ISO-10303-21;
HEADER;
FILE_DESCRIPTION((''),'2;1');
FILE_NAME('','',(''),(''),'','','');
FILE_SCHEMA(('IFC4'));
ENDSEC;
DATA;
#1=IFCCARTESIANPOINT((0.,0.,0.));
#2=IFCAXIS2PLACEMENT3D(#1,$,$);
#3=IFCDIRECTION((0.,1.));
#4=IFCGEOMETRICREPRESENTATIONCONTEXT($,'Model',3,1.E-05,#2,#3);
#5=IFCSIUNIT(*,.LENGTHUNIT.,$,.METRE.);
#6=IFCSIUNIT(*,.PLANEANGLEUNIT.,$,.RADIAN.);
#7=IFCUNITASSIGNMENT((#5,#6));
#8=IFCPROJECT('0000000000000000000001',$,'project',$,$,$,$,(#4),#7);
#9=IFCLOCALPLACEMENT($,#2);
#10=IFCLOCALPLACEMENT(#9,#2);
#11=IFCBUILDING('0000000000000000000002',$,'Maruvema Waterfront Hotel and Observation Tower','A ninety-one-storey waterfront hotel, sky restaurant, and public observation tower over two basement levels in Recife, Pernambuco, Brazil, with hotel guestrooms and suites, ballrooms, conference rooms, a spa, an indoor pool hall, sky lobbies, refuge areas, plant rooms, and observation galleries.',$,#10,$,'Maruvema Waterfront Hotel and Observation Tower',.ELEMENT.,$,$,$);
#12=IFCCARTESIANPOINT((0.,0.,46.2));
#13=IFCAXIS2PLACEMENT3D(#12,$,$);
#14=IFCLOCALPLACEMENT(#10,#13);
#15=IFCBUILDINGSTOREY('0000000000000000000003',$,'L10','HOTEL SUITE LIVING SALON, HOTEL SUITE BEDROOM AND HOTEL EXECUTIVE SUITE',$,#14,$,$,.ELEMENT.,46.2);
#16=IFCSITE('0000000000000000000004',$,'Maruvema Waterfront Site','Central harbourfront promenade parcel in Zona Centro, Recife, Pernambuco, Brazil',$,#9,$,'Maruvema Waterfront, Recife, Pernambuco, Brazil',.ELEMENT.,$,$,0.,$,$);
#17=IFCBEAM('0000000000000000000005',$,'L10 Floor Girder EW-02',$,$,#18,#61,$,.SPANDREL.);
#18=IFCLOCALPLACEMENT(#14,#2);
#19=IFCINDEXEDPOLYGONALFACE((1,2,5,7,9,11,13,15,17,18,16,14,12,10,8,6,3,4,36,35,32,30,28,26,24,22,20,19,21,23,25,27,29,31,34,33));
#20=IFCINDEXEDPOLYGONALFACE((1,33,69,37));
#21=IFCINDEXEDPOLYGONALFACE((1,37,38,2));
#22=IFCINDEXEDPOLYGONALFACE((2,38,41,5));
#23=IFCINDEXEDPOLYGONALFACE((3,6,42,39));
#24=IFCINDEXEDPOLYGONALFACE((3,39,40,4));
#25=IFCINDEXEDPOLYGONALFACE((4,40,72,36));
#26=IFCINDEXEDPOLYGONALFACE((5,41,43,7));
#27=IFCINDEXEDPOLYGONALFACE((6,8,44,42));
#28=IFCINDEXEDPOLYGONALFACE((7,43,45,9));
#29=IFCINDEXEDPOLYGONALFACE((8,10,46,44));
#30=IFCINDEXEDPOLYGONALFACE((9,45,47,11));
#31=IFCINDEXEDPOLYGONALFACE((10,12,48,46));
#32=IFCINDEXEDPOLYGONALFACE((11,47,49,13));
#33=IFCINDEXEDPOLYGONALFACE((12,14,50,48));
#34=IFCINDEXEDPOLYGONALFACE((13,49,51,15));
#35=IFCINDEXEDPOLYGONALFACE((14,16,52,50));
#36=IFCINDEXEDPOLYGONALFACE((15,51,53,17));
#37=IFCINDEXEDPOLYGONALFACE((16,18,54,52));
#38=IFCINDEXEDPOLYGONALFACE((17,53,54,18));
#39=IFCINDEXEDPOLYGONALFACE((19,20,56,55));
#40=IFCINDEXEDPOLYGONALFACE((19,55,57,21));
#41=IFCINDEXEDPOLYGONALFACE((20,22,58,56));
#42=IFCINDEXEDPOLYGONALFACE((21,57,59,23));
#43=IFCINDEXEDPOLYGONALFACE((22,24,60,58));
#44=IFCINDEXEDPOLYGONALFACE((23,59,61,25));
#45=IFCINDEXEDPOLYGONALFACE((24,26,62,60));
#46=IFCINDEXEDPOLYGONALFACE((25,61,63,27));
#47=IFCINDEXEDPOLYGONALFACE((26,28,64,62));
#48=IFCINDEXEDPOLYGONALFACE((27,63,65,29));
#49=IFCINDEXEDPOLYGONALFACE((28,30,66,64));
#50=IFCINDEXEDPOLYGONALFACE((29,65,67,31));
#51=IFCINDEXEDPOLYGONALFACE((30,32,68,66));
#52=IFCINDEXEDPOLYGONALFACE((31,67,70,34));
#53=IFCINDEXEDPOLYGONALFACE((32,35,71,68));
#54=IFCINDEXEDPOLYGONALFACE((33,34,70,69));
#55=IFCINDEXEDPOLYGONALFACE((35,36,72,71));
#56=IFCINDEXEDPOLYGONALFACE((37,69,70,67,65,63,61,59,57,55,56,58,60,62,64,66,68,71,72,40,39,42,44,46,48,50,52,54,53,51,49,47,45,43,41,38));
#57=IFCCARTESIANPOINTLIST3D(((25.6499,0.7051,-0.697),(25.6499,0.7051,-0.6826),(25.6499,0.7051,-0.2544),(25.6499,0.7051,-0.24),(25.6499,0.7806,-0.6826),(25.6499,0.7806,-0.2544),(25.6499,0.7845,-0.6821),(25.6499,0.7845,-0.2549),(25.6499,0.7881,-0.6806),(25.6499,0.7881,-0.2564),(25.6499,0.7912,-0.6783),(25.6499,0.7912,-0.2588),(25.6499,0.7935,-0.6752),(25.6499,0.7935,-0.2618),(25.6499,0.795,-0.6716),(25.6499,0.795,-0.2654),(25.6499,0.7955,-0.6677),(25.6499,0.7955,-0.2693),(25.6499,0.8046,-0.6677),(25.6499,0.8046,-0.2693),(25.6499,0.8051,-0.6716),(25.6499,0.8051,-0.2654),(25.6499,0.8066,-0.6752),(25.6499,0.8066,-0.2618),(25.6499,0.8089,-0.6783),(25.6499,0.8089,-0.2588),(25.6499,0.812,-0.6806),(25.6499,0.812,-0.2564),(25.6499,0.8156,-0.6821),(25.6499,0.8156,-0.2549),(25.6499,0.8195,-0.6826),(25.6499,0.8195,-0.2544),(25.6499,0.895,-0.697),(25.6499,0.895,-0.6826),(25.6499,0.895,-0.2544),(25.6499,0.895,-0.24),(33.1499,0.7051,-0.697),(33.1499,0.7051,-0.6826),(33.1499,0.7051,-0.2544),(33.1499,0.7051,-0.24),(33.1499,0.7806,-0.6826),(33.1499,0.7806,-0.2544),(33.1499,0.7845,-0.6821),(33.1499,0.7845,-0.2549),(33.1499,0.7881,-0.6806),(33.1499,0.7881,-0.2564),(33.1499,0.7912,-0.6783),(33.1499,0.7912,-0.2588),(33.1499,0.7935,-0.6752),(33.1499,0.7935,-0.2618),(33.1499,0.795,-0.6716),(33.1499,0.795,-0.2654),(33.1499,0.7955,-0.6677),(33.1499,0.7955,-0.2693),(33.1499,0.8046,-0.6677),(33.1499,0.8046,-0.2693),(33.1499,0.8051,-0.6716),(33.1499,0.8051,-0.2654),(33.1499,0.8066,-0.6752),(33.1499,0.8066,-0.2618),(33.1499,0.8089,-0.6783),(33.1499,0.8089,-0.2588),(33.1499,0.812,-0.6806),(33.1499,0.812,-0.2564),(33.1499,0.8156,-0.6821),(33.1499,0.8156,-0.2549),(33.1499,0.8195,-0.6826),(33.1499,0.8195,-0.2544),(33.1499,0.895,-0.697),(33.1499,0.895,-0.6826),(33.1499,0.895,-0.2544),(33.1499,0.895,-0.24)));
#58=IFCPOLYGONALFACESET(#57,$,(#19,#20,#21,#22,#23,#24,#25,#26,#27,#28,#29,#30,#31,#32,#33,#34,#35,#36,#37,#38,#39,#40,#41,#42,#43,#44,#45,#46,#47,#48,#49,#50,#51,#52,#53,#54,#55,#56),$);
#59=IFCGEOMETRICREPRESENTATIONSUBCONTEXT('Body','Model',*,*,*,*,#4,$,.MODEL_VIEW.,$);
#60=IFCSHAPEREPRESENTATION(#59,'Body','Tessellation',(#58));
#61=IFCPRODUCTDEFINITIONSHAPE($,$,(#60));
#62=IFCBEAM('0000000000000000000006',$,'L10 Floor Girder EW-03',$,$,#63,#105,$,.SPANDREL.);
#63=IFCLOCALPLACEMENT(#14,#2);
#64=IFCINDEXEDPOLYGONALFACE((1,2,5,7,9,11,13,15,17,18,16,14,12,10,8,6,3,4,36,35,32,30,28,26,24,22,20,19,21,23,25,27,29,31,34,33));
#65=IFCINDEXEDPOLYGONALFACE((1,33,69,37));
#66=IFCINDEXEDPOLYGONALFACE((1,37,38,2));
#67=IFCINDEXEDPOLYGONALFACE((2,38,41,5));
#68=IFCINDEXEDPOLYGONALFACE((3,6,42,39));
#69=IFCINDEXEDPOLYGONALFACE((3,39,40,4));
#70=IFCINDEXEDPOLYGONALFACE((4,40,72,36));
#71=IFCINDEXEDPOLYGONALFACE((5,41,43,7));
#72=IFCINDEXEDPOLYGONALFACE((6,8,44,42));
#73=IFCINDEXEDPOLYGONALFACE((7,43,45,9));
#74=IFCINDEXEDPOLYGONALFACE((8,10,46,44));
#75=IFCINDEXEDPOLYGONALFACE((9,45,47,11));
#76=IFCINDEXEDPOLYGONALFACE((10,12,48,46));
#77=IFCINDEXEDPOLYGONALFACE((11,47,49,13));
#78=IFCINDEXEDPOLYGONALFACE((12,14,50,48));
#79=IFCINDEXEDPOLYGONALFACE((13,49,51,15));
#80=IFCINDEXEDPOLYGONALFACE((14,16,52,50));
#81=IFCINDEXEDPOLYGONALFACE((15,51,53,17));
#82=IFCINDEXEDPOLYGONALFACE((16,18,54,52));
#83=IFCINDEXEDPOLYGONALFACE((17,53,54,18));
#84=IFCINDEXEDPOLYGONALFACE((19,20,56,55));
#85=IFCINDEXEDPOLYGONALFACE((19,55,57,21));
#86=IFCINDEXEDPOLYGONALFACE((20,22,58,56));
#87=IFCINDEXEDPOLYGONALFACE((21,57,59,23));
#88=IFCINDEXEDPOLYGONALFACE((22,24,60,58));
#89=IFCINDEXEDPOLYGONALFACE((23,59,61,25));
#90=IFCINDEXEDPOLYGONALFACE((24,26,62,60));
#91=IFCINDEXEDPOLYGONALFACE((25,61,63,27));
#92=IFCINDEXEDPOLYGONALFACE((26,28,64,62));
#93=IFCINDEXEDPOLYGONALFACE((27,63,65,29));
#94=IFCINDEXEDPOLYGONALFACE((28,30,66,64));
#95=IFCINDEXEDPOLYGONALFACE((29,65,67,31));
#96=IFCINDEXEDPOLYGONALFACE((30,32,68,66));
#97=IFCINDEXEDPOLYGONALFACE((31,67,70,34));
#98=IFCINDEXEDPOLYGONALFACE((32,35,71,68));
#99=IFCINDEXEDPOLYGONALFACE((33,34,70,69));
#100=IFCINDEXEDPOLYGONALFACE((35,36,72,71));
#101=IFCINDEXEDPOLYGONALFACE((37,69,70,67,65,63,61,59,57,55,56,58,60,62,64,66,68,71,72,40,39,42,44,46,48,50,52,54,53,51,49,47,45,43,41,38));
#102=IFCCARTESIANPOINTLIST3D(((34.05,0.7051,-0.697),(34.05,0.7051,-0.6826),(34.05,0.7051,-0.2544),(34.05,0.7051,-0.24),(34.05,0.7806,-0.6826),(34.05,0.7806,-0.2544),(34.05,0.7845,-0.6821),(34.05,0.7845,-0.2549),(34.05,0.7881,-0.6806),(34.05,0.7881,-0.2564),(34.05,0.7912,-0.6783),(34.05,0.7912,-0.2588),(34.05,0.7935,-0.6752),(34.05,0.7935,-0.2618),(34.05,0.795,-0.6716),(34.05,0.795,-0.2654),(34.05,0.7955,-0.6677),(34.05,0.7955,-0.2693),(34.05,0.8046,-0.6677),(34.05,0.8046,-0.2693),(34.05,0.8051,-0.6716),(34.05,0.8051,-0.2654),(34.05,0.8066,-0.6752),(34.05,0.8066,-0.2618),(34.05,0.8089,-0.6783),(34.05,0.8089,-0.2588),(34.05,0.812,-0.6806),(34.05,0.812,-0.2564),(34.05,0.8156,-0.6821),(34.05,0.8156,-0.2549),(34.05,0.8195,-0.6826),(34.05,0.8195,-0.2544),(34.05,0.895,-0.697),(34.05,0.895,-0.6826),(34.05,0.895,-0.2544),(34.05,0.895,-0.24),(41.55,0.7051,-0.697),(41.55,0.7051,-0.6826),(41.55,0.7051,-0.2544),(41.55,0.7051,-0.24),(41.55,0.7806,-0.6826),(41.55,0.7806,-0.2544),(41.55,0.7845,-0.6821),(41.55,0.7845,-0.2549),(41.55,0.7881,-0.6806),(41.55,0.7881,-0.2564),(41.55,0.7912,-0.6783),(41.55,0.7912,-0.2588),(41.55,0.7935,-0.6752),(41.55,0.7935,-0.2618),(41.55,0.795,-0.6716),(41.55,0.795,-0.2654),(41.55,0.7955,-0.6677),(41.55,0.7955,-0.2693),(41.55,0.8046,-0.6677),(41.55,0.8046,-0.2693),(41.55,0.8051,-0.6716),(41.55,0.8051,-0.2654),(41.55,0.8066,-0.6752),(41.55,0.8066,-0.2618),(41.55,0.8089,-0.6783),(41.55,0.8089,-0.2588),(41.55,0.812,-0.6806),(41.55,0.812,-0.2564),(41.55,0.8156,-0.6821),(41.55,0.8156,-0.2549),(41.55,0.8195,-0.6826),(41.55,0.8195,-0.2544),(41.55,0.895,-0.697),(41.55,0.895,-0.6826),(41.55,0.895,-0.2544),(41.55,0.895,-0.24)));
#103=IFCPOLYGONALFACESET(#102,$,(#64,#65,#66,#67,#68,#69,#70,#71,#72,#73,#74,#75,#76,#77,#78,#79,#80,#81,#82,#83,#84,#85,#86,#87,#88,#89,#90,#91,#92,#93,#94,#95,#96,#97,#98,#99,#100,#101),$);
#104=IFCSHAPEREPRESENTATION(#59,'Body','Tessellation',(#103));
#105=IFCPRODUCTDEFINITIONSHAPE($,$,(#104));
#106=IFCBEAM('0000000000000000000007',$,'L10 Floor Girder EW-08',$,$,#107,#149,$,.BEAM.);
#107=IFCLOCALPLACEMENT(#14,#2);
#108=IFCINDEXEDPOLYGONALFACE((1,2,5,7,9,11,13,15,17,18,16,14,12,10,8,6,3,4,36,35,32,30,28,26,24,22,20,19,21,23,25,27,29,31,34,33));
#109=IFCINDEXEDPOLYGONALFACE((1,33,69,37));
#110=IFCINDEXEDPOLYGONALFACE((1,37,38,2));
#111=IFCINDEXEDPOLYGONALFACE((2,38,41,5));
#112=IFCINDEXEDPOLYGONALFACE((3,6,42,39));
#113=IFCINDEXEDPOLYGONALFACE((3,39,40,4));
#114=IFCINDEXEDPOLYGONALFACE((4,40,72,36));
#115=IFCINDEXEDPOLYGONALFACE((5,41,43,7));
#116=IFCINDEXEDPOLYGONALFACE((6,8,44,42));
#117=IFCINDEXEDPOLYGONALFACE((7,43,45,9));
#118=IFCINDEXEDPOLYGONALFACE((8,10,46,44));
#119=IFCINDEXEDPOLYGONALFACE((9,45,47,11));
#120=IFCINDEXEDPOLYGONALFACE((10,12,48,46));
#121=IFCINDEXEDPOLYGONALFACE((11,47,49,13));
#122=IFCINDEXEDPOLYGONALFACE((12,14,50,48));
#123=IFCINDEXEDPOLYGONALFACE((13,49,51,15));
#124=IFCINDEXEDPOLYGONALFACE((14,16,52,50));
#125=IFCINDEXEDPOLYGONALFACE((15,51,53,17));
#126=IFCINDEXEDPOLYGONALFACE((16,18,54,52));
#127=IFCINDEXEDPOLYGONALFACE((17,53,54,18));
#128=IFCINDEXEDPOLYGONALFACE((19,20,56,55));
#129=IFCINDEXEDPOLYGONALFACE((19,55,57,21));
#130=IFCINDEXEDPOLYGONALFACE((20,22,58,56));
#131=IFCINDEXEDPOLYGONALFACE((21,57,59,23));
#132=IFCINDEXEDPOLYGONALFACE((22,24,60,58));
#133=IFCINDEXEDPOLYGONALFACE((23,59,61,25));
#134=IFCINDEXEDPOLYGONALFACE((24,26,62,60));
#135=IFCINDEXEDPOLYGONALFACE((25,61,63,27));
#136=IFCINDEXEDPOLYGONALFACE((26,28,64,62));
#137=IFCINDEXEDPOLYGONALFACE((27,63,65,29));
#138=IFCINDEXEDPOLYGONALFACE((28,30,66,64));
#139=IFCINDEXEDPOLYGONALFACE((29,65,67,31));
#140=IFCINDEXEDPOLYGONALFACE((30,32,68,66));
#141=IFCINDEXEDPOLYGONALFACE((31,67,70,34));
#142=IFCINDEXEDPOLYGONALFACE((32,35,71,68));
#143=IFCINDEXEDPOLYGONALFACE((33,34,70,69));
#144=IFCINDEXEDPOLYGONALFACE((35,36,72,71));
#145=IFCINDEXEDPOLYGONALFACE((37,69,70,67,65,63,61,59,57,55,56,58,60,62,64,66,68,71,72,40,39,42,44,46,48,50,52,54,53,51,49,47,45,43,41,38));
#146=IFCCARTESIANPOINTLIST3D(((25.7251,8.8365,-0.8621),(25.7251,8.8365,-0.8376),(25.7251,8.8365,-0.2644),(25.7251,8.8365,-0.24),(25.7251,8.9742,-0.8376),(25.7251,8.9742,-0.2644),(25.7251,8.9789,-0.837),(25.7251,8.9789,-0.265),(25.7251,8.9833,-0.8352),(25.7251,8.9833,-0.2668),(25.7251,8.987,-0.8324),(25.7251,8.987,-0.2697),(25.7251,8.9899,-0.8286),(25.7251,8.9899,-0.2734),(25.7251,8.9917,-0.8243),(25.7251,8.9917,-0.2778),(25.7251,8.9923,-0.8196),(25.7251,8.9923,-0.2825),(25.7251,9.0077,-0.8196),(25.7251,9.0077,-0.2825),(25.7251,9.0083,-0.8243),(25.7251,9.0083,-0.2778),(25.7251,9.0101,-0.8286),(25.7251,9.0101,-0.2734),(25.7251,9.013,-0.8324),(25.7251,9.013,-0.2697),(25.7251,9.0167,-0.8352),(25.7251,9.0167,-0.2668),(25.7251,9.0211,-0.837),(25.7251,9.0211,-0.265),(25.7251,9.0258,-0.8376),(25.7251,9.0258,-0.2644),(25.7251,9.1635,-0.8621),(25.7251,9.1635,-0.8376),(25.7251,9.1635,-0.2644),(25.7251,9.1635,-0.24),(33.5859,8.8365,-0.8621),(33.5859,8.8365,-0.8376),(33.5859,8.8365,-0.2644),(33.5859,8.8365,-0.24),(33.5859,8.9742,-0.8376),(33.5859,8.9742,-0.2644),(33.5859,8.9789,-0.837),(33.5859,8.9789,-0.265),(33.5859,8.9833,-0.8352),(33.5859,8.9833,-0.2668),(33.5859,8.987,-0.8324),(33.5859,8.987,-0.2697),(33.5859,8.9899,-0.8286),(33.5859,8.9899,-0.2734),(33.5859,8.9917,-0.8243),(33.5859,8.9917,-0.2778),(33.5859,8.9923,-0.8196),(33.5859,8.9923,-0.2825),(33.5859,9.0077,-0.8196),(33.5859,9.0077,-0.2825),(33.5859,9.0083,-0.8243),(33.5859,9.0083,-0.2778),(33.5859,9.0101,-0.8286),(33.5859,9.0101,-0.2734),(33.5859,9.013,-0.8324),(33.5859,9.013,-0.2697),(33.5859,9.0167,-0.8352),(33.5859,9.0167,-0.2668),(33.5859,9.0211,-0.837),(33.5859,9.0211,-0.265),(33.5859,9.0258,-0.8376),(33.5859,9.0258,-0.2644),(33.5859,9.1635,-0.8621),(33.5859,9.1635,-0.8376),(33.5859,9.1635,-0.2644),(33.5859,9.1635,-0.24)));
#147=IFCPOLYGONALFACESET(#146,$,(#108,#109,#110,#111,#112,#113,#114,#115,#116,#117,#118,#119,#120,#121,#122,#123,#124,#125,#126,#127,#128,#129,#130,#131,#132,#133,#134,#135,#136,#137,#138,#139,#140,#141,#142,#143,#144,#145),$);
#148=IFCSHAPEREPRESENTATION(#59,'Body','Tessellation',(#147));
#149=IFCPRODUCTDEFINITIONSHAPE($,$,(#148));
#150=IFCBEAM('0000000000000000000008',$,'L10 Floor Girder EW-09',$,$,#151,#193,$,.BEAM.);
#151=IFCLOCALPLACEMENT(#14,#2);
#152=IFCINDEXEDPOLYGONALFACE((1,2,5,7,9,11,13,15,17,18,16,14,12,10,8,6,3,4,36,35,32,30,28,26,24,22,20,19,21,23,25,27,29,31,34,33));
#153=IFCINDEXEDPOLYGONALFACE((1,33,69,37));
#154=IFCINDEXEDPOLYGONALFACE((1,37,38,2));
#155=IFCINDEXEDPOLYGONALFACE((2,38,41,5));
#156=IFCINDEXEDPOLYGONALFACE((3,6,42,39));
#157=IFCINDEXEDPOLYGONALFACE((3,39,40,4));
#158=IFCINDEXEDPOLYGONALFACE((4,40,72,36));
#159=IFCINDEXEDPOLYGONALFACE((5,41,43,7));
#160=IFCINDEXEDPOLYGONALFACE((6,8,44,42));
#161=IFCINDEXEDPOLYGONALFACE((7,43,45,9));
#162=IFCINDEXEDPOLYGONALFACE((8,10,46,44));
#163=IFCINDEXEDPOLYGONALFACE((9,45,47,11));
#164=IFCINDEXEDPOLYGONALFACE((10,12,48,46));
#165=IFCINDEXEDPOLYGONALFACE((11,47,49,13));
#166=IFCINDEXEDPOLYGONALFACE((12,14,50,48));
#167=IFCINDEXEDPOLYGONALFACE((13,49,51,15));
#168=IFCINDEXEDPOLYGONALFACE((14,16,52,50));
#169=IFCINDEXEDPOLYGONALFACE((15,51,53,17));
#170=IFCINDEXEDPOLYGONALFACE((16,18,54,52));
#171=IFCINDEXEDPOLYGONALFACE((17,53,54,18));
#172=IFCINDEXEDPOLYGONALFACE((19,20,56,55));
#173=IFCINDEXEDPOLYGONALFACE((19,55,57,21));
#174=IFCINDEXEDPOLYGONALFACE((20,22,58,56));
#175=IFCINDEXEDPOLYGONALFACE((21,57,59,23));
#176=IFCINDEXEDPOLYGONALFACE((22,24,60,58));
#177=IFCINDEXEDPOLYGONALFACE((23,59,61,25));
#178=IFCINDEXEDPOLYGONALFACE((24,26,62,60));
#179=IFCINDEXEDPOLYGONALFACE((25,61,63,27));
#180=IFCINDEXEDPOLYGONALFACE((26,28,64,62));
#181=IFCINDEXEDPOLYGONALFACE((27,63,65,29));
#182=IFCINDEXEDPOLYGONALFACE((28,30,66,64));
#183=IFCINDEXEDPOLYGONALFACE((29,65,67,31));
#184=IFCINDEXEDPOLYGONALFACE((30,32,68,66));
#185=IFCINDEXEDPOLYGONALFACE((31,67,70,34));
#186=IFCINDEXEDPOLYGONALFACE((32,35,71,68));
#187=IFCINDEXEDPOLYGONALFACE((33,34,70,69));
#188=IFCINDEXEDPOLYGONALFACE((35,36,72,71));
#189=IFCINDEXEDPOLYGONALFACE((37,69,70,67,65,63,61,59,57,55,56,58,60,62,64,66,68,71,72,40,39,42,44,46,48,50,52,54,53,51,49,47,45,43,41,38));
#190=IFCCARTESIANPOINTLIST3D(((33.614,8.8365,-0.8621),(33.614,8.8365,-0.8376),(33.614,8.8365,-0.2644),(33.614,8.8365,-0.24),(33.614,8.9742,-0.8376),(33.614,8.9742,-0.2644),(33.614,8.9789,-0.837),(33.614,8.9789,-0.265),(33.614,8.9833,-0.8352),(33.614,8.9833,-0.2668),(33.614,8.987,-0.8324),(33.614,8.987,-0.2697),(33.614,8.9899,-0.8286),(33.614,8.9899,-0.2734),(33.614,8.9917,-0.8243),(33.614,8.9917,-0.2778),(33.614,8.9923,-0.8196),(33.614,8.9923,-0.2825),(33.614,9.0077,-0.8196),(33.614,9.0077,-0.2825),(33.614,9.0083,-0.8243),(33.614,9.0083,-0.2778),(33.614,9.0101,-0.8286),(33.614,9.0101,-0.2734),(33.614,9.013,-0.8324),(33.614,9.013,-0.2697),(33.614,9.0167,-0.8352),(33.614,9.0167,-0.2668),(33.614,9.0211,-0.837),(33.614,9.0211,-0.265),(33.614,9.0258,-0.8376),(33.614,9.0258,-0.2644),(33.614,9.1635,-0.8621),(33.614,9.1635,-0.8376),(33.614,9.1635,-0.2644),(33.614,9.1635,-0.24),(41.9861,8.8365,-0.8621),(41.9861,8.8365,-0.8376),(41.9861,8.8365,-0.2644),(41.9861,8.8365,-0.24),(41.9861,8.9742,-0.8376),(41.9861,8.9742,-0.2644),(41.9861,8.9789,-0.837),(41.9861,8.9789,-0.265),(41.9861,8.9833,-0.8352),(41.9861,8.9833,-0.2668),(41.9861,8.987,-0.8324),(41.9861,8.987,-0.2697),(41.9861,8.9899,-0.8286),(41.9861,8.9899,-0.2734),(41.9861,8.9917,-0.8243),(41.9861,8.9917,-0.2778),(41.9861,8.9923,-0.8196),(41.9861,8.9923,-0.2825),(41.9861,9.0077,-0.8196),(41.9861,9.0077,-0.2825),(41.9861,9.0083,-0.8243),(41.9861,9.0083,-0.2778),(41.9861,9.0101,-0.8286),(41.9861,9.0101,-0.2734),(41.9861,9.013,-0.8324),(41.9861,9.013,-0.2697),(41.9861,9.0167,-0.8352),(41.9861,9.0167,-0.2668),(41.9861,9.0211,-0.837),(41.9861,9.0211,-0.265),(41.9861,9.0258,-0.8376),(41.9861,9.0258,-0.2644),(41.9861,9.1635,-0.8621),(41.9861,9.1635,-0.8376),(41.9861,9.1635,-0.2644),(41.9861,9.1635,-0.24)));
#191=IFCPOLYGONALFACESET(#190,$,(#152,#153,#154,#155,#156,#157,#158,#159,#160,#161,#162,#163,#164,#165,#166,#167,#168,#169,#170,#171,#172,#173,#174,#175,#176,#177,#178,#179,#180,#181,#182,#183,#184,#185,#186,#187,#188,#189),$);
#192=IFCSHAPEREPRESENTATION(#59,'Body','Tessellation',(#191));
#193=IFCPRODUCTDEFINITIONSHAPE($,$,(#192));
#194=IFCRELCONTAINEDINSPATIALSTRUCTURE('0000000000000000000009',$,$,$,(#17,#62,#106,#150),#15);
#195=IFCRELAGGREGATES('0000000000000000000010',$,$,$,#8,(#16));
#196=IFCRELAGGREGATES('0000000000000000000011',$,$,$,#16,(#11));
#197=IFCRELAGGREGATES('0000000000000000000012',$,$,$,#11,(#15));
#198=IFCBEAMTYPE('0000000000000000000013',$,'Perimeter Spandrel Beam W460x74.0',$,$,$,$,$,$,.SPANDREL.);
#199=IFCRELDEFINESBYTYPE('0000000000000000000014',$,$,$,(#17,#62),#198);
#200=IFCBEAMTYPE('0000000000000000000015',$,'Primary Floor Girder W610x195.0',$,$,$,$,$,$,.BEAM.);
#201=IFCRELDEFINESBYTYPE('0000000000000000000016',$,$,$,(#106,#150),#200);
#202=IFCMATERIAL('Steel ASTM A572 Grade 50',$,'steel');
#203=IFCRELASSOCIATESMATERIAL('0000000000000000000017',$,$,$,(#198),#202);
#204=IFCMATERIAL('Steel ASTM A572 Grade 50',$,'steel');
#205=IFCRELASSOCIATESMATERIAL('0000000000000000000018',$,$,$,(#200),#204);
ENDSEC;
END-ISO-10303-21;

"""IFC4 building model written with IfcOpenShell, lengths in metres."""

from ifc_helpers import new_model, si_unit, direction, frame, origin, origin_2d, place, context, subcontext, project, spatial, i_section, extrude, material, material_profile, profile_set, type_object, element, save


model = new_model("IFC4")

# Units and contexts
model_context = context("Model", 3, precision=1e-05, world=origin(), true_north=direction((0.0, 1.0)))
body_context = subcontext(model_context, "Body", "Model", "MODEL_VIEW")
ifc_project = project(units=[si_unit("LENGTHUNIT", "METRE"), si_unit("PLANEANGLEUNIT", "RADIAN")], contexts=[model_context])

# Site, building, storey
site_placement = place(None, origin())
site = spatial("IfcSite", under=ifc_project, at=site_placement, Name="Maruvema Waterfront Site", Description="Central harbourfront promenade parcel in Zona Centro, Recife, Pernambuco, Brazil", LongName="Maruvema Waterfront, Recife, Pernambuco, Brazil", CompositionType="ELEMENT", RefElevation=0.0)
building_placement = place(site_placement, origin())
building = spatial("IfcBuilding", under=site, at=building_placement, Name="Maruvema Waterfront Hotel and Observation Tower", Description="A ninety-one-storey waterfront hotel, sky restaurant, and public observation tower over two basement levels in Recife, Pernambuco, Brazil, with hotel guestrooms and suites, ballrooms, conference rooms, a spa, an indoor pool hall, sky lobbies, refuge areas, plant rooms, and observation galleries.", LongName="Maruvema Waterfront Hotel and Observation Tower", CompositionType="ELEMENT")
storey_placement = place(building_placement, frame((0.0, 0.0, 46.2)))
storey = spatial("IfcBuildingStorey", under=building, at=storey_placement, Name="L10", Description="HOTEL SUITE LIVING SALON, HOTEL SUITE BEDROOM AND HOTEL EXECUTIVE SUITE", CompositionType="ELEMENT", Elevation=46.2)

# Beams
ifc_material_1 = material(Name="Steel ASTM A572 Grade 50", Category="steel")
ifc_material_profile_1 = material_profile(ifc_material_1, i_section(OverallWidth=0.1899, OverallDepth=0.457, WebThickness=0.009, FlangeThickness=0.0144, FilletRadius=0.0149, at=origin_2d()), Name="W460x74.0")
ifc_profile_set_1 = profile_set([ifc_material_profile_1], Name="Steel ASTM A572 Grade 50")
beam_type_1 = type_object("IfcBeamType", Name="Perimeter Spandrel Beam W460x74.0", PredefinedType="SPANDREL", material=ifc_profile_set_1)
for number, where, z_axis, x_axis, name in (
    (1, (25.6499, 0.8, -0.4685), (1.0, 0.0, 0.0), (0.0, 1.0, 0.0), "L10 Floor Girder EW-02"),
    (2, (34.05, 0.8, -0.4685), (1.0, 0.0, 0.0), (0.0, 1.0, 0.0), "L10 Floor Girder EW-03"),
):
    element("IfcBeam", number, at=place(storey_placement, frame(where, z_axis=z_axis, x_axis=x_axis)), inside=storey, type_object=beam_type_1, Name=name, PredefinedType="SPANDREL", context=body_context, shape_type="SweptSolid", body=[
        extrude(i_section(OverallWidth=0.1899, OverallDepth=0.457, WebThickness=0.009, FlangeThickness=0.0144, FilletRadius=0.0149, at=origin_2d()), origin(), (0.0, 0.0, 1.0), 7.5),
    ])
ifc_material_2 = material(Name="Steel ASTM A572 Grade 50", Category="steel")
ifc_material_profile_2 = material_profile(ifc_material_2, i_section(OverallWidth=0.3269, OverallDepth=0.6221, WebThickness=0.0154, FlangeThickness=0.0244, FilletRadius=0.0181, at=origin_2d()), Name="W610x195.0")
ifc_profile_set_2 = profile_set([ifc_material_profile_2], Name="Steel ASTM A572 Grade 50")
beam_type_2 = type_object("IfcBeamType", Name="Primary Floor Girder W610x195.0", PredefinedType="BEAM", material=ifc_profile_set_2)
beam_1_placement = place(storey_placement, frame((25.7251, 9.0, -0.551), z_axis=(1.0, 0.0, 0.0), x_axis=(0.0, 1.0, 0.0)))
element("IfcBeam", 3, at=beam_1_placement, inside=storey, type_object=beam_type_2, Name="L10 Floor Girder EW-08", PredefinedType="BEAM", context=body_context, shape_type="SweptSolid", body=[
    extrude(i_section(OverallWidth=0.3269, OverallDepth=0.6221, WebThickness=0.0154, FlangeThickness=0.0244, FilletRadius=0.0181, at=origin_2d()), origin(), (0.0, 0.0, 1.0), 7.8608),
])
beam_2_placement = place(storey_placement, frame((33.614, 9.0, -0.551), z_axis=(1.0, 0.0, 0.0), x_axis=(0.0, 1.0, 0.0)))
element("IfcBeam", 4, at=beam_2_placement, inside=storey, type_object=beam_type_2, Name="L10 Floor Girder EW-09", PredefinedType="BEAM", context=body_context, shape_type="SweptSolid", body=[
    extrude(i_section(OverallWidth=0.3269, OverallDepth=0.6221, WebThickness=0.0154, FlangeThickness=0.0244, FilletRadius=0.0181, at=origin_2d()), origin(), (0.0, 0.0, 1.0), 8.3721),
])

save(model, "model.ifc")
